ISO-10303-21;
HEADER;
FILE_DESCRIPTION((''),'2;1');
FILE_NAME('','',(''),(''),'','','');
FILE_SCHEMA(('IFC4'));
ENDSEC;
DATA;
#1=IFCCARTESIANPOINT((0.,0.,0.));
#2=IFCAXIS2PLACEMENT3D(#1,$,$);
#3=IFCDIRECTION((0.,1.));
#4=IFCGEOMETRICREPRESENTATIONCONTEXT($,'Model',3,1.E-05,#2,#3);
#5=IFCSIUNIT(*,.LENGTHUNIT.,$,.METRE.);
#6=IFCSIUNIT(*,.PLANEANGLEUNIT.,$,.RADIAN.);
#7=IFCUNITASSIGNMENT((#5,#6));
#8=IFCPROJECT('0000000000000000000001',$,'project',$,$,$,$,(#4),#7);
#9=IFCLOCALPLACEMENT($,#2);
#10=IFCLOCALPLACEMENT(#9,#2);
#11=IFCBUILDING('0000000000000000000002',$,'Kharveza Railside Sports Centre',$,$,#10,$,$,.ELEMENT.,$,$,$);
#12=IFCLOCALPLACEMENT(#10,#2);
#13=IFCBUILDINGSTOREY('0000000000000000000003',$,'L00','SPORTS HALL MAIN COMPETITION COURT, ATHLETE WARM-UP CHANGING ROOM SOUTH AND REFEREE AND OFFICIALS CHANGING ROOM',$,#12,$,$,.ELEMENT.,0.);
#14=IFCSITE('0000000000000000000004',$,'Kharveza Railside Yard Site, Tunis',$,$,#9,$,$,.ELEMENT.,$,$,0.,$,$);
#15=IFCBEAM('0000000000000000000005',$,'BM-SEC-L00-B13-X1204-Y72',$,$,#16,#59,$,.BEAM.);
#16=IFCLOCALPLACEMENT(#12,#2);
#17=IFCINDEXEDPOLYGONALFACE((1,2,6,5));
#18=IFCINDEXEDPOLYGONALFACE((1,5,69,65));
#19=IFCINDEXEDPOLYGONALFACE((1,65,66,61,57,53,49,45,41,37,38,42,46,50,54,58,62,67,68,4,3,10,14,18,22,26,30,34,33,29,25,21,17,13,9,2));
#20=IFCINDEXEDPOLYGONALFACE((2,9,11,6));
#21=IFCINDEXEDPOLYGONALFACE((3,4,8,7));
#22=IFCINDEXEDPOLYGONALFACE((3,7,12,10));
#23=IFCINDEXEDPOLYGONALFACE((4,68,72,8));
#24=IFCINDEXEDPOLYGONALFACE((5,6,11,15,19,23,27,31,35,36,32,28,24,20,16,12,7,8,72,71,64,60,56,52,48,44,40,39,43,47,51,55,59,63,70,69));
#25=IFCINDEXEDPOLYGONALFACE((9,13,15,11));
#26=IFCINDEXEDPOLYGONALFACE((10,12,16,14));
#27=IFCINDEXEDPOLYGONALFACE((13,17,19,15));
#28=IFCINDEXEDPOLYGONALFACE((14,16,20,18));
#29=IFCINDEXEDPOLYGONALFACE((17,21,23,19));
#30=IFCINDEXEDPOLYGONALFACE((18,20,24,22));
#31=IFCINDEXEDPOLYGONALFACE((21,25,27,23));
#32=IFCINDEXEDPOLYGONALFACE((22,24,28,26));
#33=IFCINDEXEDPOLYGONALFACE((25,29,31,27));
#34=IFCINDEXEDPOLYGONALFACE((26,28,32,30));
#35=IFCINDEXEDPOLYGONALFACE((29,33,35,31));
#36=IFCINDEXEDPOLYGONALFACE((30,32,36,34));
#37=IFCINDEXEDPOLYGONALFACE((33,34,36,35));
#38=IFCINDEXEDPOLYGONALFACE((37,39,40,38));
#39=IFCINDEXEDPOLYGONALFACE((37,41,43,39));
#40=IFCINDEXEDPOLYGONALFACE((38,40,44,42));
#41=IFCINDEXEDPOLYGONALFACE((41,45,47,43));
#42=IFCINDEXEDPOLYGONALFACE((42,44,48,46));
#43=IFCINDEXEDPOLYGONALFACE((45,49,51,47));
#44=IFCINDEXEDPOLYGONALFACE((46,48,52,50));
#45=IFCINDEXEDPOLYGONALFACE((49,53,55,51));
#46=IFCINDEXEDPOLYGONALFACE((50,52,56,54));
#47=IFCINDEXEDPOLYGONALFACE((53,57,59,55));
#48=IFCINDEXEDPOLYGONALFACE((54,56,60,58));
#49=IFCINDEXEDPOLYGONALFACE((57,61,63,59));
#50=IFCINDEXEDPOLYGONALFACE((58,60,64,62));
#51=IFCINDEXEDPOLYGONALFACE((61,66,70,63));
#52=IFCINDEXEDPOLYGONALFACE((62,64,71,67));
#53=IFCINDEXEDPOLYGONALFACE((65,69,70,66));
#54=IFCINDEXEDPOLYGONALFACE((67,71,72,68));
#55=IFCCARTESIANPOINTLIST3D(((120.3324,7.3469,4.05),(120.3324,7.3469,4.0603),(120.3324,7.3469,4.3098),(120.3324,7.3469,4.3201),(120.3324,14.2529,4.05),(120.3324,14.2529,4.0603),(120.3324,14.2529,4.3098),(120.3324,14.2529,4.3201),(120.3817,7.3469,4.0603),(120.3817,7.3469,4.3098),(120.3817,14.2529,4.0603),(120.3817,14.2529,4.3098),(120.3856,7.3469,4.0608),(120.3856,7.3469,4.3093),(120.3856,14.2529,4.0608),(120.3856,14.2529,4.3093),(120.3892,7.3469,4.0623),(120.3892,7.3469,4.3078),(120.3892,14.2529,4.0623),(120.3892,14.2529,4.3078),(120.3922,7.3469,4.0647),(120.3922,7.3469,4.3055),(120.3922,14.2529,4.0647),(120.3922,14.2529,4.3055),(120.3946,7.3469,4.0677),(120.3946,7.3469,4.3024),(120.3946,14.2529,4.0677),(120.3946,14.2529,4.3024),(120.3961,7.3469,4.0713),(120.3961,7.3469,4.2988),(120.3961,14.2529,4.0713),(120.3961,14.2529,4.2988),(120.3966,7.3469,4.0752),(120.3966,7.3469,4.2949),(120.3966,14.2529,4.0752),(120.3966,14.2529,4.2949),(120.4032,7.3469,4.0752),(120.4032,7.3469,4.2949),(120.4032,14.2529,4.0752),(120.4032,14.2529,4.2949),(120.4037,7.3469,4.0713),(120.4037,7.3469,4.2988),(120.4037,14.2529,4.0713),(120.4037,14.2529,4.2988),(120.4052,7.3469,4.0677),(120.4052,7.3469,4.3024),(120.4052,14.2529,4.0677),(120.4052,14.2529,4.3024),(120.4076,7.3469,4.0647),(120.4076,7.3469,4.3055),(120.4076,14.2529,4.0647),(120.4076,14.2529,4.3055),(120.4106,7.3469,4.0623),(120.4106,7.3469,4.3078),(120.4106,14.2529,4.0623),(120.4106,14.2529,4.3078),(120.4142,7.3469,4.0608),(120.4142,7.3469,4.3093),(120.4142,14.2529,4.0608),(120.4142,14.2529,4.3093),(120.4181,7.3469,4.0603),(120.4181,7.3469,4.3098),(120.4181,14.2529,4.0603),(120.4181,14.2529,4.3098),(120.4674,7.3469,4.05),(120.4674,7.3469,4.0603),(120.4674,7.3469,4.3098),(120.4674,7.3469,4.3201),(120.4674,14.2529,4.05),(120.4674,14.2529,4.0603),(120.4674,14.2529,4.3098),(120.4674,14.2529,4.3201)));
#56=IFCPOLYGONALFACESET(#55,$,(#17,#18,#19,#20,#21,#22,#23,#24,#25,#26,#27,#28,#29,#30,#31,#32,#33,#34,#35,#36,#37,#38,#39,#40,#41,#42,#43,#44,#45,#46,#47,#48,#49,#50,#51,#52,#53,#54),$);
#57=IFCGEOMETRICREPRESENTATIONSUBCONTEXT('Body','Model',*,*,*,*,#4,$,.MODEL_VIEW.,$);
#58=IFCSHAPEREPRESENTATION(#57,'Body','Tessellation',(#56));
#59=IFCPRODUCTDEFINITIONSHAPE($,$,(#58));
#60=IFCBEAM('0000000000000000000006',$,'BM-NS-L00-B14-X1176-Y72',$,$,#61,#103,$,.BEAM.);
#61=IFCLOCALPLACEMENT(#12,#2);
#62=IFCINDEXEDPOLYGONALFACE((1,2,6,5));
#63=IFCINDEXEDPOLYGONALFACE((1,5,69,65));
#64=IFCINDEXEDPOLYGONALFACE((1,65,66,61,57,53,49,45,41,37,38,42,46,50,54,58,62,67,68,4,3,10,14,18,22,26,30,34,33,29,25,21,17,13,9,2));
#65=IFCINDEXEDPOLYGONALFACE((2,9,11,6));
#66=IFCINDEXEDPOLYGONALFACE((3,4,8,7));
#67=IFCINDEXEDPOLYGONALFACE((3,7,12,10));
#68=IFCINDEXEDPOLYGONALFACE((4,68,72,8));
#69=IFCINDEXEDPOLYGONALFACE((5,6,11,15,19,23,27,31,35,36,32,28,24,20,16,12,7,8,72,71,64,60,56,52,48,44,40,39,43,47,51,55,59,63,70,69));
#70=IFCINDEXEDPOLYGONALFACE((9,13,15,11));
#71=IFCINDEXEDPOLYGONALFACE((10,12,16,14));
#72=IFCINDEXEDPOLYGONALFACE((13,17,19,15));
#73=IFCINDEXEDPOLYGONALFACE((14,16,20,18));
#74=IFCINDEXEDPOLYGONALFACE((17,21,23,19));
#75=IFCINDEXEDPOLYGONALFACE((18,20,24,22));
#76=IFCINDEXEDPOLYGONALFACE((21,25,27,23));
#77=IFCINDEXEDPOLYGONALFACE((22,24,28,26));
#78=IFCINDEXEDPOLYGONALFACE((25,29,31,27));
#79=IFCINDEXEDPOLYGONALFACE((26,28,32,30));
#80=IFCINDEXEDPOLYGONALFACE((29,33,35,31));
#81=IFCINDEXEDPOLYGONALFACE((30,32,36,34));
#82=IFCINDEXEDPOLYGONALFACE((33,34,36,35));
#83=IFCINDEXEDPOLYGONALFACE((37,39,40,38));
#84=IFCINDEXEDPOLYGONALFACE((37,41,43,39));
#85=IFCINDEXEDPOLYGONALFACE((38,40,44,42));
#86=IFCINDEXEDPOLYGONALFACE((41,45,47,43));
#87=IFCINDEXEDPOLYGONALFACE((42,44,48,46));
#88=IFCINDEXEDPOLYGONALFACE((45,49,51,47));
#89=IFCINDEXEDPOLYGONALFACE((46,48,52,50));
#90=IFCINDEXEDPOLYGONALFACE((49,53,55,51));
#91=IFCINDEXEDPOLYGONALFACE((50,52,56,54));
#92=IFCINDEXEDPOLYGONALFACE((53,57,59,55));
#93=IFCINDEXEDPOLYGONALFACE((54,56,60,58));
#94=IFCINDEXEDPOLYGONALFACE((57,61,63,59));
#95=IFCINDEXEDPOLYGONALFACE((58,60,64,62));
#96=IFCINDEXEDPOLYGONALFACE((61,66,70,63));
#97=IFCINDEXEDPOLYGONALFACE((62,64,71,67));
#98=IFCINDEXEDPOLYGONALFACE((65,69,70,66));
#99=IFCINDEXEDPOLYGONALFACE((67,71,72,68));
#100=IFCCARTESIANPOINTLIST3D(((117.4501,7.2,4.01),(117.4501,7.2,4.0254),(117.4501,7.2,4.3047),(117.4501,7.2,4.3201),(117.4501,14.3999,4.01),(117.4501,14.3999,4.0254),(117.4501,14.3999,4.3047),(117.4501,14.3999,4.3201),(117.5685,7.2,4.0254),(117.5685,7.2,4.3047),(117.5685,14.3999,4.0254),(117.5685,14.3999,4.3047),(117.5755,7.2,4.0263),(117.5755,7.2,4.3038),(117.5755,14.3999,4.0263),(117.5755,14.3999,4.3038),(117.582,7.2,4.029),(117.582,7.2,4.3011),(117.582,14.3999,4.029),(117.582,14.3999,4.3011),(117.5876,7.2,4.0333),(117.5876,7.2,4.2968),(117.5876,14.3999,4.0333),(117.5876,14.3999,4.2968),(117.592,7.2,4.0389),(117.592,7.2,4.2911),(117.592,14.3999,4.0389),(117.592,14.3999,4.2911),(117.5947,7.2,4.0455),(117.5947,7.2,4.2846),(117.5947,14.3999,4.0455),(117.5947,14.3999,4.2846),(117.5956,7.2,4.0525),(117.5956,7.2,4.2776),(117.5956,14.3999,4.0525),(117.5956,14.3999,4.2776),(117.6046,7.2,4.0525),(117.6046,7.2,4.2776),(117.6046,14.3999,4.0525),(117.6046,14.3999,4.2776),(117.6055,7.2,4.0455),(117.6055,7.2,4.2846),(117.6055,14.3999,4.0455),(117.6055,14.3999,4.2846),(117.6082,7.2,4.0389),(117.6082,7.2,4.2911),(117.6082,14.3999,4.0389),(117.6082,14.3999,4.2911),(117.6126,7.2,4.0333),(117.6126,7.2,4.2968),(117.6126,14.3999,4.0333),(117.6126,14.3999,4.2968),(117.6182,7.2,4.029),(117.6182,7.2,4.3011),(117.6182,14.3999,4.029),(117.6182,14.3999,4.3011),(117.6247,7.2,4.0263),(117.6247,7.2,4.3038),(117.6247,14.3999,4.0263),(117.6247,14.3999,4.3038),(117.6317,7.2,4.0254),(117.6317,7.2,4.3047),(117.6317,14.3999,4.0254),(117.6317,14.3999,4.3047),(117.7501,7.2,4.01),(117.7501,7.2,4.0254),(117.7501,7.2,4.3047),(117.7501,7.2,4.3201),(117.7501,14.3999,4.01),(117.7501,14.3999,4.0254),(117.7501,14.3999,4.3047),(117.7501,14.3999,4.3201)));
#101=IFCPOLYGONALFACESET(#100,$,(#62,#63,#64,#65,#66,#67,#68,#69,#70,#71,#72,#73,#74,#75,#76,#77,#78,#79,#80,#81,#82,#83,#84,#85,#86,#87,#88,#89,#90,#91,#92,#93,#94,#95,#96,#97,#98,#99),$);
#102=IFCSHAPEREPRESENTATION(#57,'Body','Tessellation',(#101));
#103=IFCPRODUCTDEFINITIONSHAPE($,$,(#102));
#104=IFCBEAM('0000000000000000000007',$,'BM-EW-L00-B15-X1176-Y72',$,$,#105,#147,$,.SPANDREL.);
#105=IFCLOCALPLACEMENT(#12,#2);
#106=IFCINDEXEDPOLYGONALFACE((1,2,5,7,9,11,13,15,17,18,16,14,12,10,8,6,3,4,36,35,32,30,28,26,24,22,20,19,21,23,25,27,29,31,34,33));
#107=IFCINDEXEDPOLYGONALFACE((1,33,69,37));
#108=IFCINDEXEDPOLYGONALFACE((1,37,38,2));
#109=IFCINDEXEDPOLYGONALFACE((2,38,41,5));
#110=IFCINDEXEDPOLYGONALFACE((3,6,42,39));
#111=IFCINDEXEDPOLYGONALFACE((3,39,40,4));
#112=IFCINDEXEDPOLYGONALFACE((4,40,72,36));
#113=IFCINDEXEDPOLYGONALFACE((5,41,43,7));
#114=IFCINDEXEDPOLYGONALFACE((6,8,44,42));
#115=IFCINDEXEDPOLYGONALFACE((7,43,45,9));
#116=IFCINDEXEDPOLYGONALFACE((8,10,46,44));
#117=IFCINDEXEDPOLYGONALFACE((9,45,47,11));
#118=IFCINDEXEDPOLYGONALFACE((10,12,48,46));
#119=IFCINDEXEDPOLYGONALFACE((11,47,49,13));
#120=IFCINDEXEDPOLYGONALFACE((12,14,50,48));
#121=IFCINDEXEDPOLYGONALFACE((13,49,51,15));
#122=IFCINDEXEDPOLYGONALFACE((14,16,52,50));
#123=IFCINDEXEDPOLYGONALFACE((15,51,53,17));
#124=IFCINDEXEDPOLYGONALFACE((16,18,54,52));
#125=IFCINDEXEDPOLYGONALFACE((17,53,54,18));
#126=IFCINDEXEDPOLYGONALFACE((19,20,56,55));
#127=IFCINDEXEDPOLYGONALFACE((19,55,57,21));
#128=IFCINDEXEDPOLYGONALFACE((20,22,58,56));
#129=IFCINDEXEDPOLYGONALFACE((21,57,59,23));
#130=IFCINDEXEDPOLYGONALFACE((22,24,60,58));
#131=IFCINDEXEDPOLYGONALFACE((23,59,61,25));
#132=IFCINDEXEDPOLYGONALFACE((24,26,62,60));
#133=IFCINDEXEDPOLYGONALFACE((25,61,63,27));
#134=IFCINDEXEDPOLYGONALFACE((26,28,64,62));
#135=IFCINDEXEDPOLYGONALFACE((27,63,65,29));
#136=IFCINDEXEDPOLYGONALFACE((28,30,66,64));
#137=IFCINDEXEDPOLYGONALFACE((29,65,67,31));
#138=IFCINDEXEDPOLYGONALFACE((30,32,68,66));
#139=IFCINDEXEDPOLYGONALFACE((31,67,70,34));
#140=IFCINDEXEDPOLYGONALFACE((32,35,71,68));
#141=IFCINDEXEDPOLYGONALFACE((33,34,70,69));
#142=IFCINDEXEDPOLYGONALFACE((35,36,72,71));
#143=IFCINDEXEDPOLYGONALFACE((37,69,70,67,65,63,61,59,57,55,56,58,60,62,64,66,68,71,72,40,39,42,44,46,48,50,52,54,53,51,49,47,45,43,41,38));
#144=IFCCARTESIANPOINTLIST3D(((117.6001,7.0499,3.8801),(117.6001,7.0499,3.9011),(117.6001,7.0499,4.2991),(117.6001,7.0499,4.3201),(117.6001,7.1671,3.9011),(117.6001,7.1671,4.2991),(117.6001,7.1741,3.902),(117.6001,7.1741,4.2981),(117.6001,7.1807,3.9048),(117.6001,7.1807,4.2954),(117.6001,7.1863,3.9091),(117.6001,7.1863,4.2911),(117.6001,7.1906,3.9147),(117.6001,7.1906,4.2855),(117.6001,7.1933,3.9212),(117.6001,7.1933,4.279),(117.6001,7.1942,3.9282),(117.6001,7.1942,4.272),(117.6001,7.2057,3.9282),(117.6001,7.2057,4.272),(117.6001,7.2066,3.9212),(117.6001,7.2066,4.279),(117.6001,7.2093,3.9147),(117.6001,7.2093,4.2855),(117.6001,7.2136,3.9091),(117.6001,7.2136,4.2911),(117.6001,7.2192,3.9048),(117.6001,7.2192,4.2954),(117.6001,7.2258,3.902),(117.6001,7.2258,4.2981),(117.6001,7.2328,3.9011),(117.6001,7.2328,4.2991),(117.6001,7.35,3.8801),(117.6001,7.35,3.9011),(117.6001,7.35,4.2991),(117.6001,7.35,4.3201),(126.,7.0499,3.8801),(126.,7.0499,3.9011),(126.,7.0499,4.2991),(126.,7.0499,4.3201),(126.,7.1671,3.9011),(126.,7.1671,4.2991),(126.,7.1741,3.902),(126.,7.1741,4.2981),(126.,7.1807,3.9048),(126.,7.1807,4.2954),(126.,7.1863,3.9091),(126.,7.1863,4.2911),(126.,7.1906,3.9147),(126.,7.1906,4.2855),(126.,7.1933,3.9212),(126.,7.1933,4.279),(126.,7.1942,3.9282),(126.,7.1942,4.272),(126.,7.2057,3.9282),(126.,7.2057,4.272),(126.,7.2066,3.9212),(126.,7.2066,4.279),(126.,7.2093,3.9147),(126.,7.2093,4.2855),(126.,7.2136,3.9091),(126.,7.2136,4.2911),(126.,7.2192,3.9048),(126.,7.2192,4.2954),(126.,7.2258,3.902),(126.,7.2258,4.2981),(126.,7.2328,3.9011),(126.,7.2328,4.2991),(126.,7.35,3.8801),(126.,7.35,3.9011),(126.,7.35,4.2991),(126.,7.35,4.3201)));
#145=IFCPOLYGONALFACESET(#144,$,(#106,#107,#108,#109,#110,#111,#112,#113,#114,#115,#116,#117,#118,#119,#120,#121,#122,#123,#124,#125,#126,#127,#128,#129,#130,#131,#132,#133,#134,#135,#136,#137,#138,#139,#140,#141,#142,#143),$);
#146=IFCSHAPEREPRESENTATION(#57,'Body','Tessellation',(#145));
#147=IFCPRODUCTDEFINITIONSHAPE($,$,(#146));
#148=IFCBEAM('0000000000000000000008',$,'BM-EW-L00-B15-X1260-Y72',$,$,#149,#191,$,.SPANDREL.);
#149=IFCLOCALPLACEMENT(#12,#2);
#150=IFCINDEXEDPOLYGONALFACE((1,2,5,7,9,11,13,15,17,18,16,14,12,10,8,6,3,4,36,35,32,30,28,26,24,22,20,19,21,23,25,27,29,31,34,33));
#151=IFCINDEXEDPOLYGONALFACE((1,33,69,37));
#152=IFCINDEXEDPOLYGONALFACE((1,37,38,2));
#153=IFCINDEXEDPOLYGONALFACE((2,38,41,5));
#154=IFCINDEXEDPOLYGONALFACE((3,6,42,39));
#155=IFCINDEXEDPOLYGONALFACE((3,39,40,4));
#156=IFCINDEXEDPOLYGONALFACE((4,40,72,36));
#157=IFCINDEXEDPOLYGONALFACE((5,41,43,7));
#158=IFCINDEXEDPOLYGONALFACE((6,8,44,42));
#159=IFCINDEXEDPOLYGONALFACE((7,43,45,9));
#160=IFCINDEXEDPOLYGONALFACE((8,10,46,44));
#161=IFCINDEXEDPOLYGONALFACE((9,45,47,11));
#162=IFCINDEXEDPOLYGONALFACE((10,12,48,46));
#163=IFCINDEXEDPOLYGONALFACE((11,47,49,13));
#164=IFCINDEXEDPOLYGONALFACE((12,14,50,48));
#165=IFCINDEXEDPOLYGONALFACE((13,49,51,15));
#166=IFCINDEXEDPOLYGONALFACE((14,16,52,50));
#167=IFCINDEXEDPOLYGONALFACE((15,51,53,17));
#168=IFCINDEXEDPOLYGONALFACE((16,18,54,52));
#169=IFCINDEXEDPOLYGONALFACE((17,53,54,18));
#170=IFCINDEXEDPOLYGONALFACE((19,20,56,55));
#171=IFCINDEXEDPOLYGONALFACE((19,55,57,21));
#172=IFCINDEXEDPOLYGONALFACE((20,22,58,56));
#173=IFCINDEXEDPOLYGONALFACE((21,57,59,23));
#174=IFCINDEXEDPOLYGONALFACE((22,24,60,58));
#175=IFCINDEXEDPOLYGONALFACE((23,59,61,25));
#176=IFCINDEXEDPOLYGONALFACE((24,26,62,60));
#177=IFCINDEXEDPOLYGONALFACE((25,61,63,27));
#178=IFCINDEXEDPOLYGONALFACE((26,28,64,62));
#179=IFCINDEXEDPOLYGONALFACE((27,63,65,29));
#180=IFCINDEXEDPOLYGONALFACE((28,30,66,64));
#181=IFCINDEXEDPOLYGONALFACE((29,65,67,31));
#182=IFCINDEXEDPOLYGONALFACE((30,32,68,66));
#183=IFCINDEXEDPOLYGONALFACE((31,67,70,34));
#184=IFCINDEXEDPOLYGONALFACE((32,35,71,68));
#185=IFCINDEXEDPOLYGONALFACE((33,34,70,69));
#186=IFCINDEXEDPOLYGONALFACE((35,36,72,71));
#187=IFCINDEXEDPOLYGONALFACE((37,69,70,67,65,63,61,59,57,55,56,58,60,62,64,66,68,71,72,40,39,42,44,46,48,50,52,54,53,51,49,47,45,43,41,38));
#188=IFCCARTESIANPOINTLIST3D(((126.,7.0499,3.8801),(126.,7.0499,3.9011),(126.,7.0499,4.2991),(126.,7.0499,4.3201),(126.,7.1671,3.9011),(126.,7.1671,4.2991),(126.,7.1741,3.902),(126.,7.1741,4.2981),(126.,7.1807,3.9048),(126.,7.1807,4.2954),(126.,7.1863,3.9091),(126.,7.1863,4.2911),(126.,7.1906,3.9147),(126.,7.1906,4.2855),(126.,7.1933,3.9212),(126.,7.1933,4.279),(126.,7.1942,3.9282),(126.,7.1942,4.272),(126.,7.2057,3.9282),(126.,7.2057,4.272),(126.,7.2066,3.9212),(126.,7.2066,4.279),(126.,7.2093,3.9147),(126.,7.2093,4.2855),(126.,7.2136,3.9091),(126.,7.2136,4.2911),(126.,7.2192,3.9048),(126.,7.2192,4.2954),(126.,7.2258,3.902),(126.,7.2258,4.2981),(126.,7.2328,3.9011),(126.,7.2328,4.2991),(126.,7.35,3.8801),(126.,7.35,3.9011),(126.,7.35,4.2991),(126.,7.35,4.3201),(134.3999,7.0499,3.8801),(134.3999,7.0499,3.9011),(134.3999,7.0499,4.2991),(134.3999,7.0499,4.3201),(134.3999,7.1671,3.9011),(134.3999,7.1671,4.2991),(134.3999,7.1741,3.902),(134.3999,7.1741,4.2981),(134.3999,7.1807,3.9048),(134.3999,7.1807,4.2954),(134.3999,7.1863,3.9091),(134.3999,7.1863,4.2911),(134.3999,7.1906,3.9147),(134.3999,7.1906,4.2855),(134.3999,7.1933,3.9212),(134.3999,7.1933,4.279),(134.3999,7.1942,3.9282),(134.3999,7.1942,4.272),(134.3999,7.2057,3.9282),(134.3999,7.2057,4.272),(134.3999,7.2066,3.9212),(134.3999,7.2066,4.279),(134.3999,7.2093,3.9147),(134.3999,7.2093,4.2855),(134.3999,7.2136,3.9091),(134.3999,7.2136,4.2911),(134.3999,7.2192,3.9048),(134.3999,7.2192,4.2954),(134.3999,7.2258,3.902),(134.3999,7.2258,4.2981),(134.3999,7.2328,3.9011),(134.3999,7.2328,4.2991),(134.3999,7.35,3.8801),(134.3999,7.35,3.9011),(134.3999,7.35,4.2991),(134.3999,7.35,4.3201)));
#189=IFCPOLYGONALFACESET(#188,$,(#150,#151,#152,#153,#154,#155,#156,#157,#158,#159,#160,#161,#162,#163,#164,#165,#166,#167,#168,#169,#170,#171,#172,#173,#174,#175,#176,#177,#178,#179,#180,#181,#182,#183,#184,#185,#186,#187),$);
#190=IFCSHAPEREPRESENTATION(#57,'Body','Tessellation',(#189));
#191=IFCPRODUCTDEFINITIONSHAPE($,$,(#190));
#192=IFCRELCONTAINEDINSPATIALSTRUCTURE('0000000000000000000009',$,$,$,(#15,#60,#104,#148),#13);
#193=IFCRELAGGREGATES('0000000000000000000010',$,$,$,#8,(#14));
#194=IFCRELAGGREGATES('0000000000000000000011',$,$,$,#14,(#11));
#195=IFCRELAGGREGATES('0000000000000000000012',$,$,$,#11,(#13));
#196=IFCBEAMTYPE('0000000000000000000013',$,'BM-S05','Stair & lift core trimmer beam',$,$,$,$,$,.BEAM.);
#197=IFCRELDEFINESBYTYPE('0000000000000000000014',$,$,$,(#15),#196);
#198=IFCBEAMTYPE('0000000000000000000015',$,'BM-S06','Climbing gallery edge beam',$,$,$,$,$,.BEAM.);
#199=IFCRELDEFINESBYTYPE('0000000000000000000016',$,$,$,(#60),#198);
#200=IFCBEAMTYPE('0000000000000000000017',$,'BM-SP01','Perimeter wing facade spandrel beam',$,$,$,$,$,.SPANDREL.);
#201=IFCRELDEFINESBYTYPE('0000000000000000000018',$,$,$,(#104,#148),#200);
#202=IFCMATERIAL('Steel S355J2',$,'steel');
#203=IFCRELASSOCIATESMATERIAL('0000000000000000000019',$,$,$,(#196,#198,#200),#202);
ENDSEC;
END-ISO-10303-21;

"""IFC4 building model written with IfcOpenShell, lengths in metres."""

from ifc_helpers import new_model, si_unit, direction, frame, origin, origin_2d, place, context, subcontext, project, spatial, i_section, extrude, material, material_profile, profile_set, type_object, element, save


model = new_model("IFC4")

# Units and contexts
model_context = context("Model", 3, precision=1e-05, world=origin(), true_north=direction((0.0, 1.0)))
body_context = subcontext(model_context, "Body", "Model", "MODEL_VIEW")
ifc_project = project(units=[si_unit("LENGTHUNIT", "METRE"), si_unit("PLANEANGLEUNIT", "RADIAN")], contexts=[model_context])

# Site, building, storey
site_placement = place(None, origin())
site = spatial("IfcSite", under=ifc_project, at=site_placement, Name="Kharveza Railside Yard Site, Tunis", CompositionType="ELEMENT", RefElevation=0.0)
building_placement = place(site_placement, origin())
building = spatial("IfcBuilding", under=site, at=building_placement, Name="Kharveza Railside Sports Centre", CompositionType="ELEMENT")
storey_placement = place(building_placement, origin())
storey = spatial("IfcBuildingStorey", under=building, at=storey_placement, Name="L00", Description="SPORTS HALL MAIN COMPETITION COURT, ATHLETE WARM-UP CHANGING ROOM SOUTH AND REFEREE AND OFFICIALS CHANGING ROOM", CompositionType="ELEMENT", Elevation=0.0)

# Shared definitions
ifc_material_1 = material(Name="Steel S355J2", Category="steel")

# Beams
ifc_material_profile_1 = material_profile(ifc_material_1, i_section(OverallWidth=0.135, OverallDepth=0.27, WebThickness=0.0066, FlangeThickness=0.0103, FilletRadius=0.0149, at=origin_2d()), Name="IPE 270")
ifc_profile_set_1 = profile_set([ifc_material_profile_1], Name="Steel S355J2")
beam_type_1 = type_object("IfcBeamType", Name="BM-S05", Description="Stair & lift core trimmer beam", PredefinedType="BEAM", material=ifc_profile_set_1)
beam_1_placement = place(storey_placement, frame((120.3999, 7.3469, 4.1851), z_axis=(0.0, 1.0, 0.0), x_axis=(-1.0, 0.0, 0.0)))
element("IfcBeam", 1, at=beam_1_placement, inside=storey, type_object=beam_type_1, Name="BM-SEC-L00-B13-X1204-Y72", PredefinedType="BEAM", context=body_context, shape_type="SweptSolid", body=[
    extrude(i_section(OverallWidth=0.135, OverallDepth=0.27, WebThickness=0.0066, FlangeThickness=0.0103, FilletRadius=0.0149, at=origin_2d()), origin(), (0.0, 0.0, 1.0), 6.906),
])
ifc_material_profile_2 = material_profile(ifc_material_1, i_section(OverallWidth=0.3, OverallDepth=0.3101, WebThickness=0.009, FlangeThickness=0.0154, FilletRadius=0.0271, at=origin_2d()), Name="HEA 320")
ifc_profile_set_2 = profile_set([ifc_material_profile_2], Name="Steel S355J2")
beam_type_2 = type_object("IfcBeamType", Name="BM-S06", Description="Climbing gallery edge beam", PredefinedType="BEAM", material=ifc_profile_set_2)
beam_2_placement = place(storey_placement, frame((117.6001, 7.2, 4.165), z_axis=(0.0, 1.0, 0.0), x_axis=(-1.0, 0.0, 0.0)))
element("IfcBeam", 2, at=beam_2_placement, inside=storey, type_object=beam_type_2, Name="BM-NS-L00-B14-X1176-Y72", PredefinedType="BEAM", context=body_context, shape_type="SweptSolid", body=[
    extrude(i_section(OverallWidth=0.3, OverallDepth=0.3101, WebThickness=0.009, FlangeThickness=0.0154, FilletRadius=0.0271, at=origin_2d()), origin(), (0.0, 0.0, 1.0), 7.2),
])
ifc_material_profile_3 = material_profile(ifc_material_1, i_section(OverallWidth=0.3, OverallDepth=0.4399, WebThickness=0.0115, FlangeThickness=0.021, FilletRadius=0.0271, at=origin_2d()), Name="HEA 450")
ifc_profile_set_3 = profile_set([ifc_material_profile_3], Name="Steel S355J2")
beam_type_3 = type_object("IfcBeamType", Name="BM-SP01", Description="Perimeter wing facade spandrel beam", PredefinedType="SPANDREL", material=ifc_profile_set_3)
for number, where, z_axis, x_axis, name in (
    (3, (117.6001, 7.2, 4.1001), (1.0, 0.0, 0.0), (0.0, 1.0, 0.0), "BM-EW-L00-B15-X1176-Y72"),
    (4, (126.0, 7.2, 4.1001), (1.0, 0.0, 0.0), (0.0, 1.0, 0.0), "BM-EW-L00-B15-X1260-Y72"),
):
    element("IfcBeam", number, at=place(storey_placement, frame(where, z_axis=z_axis, x_axis=x_axis)), inside=storey, type_object=beam_type_3, Name=name, PredefinedType="SPANDREL", context=body_context, shape_type="SweptSolid", body=[
        extrude(i_section(OverallWidth=0.3, OverallDepth=0.4399, WebThickness=0.0115, FlangeThickness=0.021, FilletRadius=0.0271, at=origin_2d()), origin(), (0.0, 0.0, 1.0), 8.3999),
    ])

save(model, "model.ifc")
